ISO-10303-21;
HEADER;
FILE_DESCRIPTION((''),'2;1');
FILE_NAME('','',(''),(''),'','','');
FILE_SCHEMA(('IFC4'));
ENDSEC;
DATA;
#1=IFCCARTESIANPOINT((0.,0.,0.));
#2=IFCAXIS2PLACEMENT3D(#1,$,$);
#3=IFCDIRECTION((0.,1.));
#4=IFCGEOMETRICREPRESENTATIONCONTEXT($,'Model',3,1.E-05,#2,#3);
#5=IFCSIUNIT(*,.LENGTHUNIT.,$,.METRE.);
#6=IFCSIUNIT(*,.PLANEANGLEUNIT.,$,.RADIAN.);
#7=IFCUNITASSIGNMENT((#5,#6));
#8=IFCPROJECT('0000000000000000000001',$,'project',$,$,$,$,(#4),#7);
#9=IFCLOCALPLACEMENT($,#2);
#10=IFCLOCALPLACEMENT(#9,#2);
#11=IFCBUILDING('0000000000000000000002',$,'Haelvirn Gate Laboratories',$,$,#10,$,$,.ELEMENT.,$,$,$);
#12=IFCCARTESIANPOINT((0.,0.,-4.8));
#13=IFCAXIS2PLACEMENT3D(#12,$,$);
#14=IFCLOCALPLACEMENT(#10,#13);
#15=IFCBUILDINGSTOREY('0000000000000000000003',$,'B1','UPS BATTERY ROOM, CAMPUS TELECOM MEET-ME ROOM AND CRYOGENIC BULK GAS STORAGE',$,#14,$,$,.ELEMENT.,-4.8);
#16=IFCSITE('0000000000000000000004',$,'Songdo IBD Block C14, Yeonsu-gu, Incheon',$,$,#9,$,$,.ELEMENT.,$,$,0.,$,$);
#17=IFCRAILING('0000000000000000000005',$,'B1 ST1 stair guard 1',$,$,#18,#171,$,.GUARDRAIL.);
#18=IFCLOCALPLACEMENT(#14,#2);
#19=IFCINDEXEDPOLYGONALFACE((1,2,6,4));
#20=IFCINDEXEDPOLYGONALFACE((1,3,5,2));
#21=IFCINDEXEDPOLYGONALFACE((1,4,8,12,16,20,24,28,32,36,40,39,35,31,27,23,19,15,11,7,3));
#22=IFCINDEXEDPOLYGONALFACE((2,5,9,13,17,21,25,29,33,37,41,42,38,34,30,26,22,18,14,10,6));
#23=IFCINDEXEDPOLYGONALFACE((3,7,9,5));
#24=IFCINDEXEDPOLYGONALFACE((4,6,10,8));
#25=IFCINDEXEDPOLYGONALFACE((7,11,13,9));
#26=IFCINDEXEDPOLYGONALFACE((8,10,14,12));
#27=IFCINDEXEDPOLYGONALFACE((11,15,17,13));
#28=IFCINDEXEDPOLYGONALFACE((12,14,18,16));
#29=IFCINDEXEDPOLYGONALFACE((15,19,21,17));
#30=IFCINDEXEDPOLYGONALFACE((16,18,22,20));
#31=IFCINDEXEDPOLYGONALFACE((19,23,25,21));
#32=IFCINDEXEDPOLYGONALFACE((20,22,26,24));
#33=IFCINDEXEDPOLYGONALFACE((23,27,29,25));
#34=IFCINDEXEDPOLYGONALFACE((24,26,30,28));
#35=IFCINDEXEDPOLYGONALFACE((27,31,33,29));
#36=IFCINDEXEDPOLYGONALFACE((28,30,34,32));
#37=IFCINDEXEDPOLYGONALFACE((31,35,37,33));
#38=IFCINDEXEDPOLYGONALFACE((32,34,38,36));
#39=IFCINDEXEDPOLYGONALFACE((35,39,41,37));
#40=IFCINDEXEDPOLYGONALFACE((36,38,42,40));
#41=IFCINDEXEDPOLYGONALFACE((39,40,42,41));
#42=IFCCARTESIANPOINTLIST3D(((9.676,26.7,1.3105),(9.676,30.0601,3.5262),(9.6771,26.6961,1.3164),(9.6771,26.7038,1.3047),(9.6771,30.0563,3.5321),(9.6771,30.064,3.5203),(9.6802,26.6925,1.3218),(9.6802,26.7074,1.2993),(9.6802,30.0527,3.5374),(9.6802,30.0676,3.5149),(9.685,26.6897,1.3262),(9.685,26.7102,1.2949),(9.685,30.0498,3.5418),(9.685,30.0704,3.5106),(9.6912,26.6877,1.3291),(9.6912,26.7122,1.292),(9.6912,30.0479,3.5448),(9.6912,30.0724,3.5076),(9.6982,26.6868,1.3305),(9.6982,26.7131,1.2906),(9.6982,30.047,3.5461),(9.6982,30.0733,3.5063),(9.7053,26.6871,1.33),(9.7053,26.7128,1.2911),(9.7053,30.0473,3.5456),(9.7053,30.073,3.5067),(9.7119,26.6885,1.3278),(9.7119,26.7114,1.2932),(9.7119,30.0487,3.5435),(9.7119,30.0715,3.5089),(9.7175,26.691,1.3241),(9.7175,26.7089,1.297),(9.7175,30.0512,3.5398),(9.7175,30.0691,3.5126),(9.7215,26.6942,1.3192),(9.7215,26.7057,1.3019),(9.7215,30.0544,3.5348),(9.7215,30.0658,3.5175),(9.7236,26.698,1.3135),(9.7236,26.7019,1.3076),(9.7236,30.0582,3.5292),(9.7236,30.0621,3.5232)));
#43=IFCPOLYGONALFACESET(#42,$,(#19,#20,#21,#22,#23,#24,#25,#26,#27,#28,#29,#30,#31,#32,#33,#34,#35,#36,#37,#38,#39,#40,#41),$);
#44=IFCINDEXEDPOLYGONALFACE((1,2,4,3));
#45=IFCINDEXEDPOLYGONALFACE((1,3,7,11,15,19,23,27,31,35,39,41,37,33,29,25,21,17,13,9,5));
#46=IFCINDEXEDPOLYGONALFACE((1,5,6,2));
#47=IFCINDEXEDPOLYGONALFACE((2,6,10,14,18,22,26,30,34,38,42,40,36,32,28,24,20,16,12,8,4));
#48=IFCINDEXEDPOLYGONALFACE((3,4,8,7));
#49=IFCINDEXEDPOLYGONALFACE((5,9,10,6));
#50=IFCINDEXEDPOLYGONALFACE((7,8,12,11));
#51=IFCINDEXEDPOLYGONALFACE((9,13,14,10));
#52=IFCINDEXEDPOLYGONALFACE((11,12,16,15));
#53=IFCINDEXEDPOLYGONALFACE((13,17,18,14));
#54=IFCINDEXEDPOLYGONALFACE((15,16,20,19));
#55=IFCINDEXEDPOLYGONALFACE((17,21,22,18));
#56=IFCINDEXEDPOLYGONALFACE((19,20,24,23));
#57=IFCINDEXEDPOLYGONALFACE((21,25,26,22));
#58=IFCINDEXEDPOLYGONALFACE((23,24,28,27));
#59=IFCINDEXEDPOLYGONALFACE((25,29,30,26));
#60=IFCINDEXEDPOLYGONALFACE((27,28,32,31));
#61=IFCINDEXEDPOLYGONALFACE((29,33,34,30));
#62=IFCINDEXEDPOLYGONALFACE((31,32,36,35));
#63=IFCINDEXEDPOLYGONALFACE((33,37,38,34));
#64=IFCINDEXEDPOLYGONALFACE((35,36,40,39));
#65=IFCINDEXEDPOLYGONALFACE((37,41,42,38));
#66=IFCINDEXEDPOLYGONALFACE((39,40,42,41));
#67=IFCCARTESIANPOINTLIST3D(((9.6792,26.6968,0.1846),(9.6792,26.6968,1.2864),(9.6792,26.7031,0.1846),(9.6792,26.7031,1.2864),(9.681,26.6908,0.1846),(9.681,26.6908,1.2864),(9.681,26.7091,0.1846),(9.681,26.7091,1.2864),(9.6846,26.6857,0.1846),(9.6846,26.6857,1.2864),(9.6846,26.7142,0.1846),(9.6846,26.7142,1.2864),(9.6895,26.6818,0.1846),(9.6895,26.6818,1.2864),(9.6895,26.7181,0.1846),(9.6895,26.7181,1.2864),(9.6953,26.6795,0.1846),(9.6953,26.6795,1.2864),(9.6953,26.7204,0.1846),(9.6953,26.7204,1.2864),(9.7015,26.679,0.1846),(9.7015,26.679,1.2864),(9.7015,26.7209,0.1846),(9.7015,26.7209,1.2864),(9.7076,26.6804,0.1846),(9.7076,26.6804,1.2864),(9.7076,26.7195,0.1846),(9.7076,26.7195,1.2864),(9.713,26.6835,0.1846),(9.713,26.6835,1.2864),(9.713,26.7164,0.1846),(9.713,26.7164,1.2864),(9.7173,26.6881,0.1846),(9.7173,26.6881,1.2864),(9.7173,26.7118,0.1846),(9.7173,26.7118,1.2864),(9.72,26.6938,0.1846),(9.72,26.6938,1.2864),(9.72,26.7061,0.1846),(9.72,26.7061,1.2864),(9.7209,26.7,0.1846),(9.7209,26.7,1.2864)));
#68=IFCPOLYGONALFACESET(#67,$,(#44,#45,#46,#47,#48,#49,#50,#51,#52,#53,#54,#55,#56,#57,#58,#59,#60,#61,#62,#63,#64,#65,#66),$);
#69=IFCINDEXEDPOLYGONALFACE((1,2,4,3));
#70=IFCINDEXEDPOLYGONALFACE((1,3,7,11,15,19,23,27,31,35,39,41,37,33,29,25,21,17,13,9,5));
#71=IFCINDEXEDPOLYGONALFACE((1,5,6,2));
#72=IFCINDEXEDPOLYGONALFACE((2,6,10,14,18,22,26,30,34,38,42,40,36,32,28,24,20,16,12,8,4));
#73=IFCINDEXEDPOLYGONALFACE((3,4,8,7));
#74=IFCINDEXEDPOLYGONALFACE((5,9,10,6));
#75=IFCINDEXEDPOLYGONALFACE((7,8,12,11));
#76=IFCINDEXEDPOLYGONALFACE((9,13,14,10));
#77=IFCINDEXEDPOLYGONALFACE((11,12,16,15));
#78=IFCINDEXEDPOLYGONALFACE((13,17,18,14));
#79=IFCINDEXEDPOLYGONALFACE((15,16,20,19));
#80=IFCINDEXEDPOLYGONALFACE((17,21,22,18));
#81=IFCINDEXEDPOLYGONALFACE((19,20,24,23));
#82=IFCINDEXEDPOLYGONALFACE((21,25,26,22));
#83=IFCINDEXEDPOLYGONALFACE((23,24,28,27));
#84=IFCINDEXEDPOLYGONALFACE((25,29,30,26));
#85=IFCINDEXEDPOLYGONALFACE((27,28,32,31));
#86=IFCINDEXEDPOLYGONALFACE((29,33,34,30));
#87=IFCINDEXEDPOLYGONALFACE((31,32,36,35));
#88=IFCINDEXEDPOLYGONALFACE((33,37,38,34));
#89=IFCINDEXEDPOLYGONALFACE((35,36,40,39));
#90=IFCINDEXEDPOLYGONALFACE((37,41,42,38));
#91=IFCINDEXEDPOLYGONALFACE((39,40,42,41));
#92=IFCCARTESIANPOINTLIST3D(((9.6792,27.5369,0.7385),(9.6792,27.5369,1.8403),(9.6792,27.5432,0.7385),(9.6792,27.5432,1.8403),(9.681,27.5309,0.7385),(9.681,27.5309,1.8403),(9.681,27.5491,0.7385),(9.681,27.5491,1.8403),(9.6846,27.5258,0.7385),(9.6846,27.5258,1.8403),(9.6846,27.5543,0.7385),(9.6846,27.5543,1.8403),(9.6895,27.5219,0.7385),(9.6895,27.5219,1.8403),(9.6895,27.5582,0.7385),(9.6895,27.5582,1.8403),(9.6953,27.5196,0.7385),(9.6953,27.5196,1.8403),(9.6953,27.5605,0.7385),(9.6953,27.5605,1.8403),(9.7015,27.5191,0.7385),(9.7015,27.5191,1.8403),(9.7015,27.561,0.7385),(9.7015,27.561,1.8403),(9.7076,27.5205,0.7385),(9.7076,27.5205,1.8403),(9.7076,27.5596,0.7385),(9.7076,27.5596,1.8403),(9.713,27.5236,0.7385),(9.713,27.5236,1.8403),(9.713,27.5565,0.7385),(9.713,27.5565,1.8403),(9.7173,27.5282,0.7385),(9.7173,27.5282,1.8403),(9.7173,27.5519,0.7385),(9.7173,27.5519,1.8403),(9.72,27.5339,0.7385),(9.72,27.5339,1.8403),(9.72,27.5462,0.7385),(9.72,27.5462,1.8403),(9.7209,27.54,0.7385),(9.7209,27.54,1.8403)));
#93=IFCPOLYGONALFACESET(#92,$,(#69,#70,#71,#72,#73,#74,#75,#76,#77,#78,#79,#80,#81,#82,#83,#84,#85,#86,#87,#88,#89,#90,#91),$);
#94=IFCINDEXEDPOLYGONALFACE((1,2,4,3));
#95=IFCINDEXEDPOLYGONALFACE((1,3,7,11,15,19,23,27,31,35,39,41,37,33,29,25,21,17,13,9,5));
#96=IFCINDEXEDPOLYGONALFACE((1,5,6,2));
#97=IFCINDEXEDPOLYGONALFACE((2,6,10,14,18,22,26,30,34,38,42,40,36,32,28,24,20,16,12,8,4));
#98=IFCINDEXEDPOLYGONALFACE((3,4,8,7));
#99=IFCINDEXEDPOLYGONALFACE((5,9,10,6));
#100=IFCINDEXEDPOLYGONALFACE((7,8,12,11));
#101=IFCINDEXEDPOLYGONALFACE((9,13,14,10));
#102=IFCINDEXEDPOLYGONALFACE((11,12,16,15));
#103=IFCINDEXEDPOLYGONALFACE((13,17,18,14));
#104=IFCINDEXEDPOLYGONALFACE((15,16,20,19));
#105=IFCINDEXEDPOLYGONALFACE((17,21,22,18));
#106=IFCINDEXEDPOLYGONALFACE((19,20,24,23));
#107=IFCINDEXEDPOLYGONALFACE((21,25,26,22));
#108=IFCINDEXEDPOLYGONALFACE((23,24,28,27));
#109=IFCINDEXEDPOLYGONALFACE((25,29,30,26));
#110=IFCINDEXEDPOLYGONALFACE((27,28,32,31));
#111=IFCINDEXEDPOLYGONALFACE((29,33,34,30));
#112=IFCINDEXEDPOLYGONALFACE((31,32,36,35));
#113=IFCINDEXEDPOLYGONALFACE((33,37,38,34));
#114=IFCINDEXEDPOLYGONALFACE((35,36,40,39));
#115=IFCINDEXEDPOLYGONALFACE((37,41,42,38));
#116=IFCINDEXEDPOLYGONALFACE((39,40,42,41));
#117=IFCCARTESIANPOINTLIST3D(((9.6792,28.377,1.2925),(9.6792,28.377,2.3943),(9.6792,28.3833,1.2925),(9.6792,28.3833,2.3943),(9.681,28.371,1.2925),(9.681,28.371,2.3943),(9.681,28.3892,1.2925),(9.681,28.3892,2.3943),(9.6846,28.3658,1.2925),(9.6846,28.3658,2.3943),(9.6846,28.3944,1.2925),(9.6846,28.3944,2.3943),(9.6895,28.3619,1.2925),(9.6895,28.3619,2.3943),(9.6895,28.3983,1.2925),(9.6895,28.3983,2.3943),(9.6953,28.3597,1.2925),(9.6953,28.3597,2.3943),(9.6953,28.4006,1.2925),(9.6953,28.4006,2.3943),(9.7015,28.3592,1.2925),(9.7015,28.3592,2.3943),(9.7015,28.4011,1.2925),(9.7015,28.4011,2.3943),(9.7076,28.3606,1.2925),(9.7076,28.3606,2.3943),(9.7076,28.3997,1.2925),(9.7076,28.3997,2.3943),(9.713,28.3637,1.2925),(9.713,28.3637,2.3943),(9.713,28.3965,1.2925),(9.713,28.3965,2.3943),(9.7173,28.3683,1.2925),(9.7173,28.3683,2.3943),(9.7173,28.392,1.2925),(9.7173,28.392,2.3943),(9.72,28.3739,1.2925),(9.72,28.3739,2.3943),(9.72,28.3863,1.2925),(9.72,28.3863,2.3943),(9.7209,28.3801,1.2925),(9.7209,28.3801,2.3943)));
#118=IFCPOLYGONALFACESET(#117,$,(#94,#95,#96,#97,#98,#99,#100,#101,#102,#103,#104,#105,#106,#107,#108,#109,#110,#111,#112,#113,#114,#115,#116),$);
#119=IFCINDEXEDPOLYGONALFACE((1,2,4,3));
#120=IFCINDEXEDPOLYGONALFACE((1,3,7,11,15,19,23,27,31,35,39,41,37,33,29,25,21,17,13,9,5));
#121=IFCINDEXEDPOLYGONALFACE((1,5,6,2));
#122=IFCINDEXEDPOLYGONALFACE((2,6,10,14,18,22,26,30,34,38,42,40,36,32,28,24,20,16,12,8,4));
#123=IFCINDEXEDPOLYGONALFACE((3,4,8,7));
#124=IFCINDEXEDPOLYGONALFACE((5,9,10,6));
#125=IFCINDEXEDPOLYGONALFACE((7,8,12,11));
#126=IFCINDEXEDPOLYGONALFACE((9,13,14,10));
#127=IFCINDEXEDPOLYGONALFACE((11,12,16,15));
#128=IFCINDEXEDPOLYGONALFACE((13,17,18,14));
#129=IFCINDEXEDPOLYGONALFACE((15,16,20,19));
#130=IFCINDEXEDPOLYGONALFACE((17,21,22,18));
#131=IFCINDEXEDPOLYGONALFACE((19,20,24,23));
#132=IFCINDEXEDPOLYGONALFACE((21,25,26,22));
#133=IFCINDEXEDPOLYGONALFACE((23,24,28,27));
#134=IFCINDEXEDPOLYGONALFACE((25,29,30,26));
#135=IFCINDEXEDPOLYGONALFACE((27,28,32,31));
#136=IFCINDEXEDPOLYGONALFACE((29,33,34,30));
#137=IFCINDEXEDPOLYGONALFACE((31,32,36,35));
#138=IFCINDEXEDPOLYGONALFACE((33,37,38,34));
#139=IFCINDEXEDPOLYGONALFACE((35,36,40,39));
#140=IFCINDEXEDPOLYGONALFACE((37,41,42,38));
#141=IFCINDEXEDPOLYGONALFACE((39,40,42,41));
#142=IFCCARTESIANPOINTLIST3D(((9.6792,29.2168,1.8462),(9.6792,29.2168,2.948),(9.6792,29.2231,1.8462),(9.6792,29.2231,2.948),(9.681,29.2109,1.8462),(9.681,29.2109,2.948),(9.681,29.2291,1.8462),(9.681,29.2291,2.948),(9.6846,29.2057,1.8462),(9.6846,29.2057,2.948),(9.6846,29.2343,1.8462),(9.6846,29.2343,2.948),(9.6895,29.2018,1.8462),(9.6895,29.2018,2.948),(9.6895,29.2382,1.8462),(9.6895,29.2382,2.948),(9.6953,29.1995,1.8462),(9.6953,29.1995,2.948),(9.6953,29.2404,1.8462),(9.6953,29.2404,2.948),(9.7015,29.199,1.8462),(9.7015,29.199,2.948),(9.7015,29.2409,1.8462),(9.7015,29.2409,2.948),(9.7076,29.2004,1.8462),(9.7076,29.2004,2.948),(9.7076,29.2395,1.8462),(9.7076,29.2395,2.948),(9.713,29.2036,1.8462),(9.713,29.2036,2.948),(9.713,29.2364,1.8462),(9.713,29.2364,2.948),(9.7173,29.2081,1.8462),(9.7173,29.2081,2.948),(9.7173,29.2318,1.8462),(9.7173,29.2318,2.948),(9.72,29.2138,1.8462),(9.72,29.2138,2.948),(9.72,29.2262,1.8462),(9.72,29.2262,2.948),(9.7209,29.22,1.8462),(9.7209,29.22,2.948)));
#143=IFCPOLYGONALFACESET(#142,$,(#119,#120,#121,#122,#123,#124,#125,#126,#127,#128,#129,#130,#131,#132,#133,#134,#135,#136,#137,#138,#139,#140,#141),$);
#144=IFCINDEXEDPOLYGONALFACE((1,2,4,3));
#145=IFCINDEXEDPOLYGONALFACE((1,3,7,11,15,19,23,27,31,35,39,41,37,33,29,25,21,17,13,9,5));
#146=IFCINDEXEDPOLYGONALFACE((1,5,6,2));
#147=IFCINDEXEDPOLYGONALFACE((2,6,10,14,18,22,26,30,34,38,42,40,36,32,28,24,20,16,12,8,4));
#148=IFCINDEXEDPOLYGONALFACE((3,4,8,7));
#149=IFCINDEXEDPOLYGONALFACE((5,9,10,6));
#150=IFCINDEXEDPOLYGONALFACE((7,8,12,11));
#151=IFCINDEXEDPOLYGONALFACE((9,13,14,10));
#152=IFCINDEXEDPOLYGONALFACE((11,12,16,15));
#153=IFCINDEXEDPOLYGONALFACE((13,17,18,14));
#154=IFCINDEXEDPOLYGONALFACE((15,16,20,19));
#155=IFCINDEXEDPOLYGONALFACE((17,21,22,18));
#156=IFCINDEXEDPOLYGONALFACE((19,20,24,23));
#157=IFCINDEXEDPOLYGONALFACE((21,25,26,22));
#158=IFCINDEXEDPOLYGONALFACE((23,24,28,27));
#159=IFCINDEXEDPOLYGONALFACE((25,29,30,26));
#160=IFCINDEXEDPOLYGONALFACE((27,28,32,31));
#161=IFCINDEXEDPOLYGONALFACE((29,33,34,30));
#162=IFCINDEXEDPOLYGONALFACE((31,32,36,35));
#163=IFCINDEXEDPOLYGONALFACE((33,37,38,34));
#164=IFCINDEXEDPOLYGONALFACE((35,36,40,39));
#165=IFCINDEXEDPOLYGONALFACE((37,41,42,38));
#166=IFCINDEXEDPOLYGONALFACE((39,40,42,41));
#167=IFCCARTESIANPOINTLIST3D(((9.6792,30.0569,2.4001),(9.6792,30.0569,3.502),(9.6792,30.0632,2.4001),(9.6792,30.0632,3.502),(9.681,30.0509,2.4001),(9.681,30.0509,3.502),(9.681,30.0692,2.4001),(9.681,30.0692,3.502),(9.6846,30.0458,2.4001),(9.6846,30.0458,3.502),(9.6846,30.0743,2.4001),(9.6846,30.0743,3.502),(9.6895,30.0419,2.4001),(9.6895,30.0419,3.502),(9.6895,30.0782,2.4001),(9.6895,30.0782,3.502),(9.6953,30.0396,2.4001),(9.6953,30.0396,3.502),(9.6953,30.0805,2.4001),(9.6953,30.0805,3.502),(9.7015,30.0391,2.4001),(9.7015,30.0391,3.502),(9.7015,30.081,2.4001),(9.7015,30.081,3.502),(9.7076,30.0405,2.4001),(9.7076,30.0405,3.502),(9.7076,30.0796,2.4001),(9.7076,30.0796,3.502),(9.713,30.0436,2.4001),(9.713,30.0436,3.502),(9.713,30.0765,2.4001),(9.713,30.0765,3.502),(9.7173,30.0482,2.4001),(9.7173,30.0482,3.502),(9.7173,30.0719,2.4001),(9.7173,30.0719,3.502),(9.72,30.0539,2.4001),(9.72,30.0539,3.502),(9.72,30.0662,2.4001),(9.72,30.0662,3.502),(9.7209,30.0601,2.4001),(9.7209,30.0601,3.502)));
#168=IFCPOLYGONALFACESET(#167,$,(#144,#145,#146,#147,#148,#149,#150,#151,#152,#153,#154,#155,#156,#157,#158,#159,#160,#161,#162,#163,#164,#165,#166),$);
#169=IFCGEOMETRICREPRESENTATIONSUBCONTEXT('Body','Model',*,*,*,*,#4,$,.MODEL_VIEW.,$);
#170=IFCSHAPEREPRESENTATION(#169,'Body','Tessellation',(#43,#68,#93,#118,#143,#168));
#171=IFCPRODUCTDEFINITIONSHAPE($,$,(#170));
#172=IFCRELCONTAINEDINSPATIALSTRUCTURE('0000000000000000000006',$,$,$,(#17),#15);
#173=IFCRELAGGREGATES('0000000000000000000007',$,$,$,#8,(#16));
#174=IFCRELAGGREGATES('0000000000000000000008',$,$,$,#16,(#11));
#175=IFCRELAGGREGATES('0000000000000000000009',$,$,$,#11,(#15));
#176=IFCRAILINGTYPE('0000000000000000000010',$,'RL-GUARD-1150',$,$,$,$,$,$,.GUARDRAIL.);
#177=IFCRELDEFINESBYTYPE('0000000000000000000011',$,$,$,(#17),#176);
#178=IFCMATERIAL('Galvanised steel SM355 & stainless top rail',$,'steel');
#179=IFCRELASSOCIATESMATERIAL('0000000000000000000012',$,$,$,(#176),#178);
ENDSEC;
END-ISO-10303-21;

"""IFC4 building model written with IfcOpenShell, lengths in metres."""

from ifc_helpers import new_model, si_unit, direction, frame, origin, origin_2d, place, context, subcontext, project, spatial, circle, extrude, source, transform, mapped, material, type_object, element, save


model = new_model("IFC4")

# Units and contexts
model_context = context("Model", 3, precision=1e-05, world=origin(), true_north=direction((0.0, 1.0)))
body_context = subcontext(model_context, "Body", "Model", "MODEL_VIEW")
ifc_project = project(units=[si_unit("LENGTHUNIT", "METRE"), si_unit("PLANEANGLEUNIT", "RADIAN")], contexts=[model_context])

# Site, building, storey
site_placement = place(None, origin())
site = spatial("IfcSite", under=ifc_project, at=site_placement, Name="Songdo IBD Block C14, Yeonsu-gu, Incheon", CompositionType="ELEMENT", RefElevation=0.0)
building_placement = place(site_placement, origin())
building = spatial("IfcBuilding", under=site, at=building_placement, Name="Haelvirn Gate Laboratories", CompositionType="ELEMENT")
storey_placement = place(building_placement, frame((0.0, 0.0, -4.8)))
storey = spatial("IfcBuildingStorey", under=building, at=storey_placement, Name="B1", Description="UPS BATTERY ROOM, CAMPUS TELECOM MEET-ME ROOM AND CRYOGENIC BULK GAS STORAGE", CompositionType="ELEMENT", Elevation=-4.8)

# Railing
ifc_material_1 = material(Name="Galvanised steel SM355 & stainless top rail", Category="steel")
railing_type_1 = type_object("IfcRailingType", Name="RL-GUARD-1150", PredefinedType="GUARDRAIL", material=ifc_material_1)
shared_shape_1 = source(origin(), body_context, "Body", "SweptSolid", [
    extrude(circle(Radius=0.0239, at=origin_2d()), frame((0.0, 0.0, 1.126), z_axis=(0.0, 0.834849, 0.55048), x_axis=(-1.0, 0.0, 0.0)), (0.0, 0.0, 1.0), 4.0249),
    extrude(circle(Radius=0.021, at=origin_2d()), origin(), (0.0, 0.0, 1.0), 1.1018),
    extrude(circle(Radius=0.021, at=origin_2d()), frame((0.0, 0.8401, 0.554)), (0.0, 0.0, 1.0), 1.1018),
    extrude(circle(Radius=0.021, at=origin_2d()), frame((0.0, 1.6802, 1.1079)), (0.0, 0.0, 1.0), 1.1018),
    extrude(circle(Radius=0.021, at=origin_2d()), frame((0.0, 2.52, 1.6616)), (0.0, 0.0, 1.0), 1.1018),
    extrude(circle(Radius=0.021, at=origin_2d()), frame((0.0, 3.3601, 2.2156)), (0.0, 0.0, 1.0), 1.1018),
])
railing_1_placement = place(storey_placement, frame((9.7, 26.7, 0.1846)))
element("IfcRailing", 1, at=railing_1_placement, inside=storey, type_object=railing_type_1, Name="B1 ST1 stair guard 1", PredefinedType="GUARDRAIL", context=body_context, shape_type="MappedRepresentation", body=[
    mapped(shared_shape_1, transform((0.0, 0.0, 0.0), scale=1.0)),
])

save(model, "model.ifc")
